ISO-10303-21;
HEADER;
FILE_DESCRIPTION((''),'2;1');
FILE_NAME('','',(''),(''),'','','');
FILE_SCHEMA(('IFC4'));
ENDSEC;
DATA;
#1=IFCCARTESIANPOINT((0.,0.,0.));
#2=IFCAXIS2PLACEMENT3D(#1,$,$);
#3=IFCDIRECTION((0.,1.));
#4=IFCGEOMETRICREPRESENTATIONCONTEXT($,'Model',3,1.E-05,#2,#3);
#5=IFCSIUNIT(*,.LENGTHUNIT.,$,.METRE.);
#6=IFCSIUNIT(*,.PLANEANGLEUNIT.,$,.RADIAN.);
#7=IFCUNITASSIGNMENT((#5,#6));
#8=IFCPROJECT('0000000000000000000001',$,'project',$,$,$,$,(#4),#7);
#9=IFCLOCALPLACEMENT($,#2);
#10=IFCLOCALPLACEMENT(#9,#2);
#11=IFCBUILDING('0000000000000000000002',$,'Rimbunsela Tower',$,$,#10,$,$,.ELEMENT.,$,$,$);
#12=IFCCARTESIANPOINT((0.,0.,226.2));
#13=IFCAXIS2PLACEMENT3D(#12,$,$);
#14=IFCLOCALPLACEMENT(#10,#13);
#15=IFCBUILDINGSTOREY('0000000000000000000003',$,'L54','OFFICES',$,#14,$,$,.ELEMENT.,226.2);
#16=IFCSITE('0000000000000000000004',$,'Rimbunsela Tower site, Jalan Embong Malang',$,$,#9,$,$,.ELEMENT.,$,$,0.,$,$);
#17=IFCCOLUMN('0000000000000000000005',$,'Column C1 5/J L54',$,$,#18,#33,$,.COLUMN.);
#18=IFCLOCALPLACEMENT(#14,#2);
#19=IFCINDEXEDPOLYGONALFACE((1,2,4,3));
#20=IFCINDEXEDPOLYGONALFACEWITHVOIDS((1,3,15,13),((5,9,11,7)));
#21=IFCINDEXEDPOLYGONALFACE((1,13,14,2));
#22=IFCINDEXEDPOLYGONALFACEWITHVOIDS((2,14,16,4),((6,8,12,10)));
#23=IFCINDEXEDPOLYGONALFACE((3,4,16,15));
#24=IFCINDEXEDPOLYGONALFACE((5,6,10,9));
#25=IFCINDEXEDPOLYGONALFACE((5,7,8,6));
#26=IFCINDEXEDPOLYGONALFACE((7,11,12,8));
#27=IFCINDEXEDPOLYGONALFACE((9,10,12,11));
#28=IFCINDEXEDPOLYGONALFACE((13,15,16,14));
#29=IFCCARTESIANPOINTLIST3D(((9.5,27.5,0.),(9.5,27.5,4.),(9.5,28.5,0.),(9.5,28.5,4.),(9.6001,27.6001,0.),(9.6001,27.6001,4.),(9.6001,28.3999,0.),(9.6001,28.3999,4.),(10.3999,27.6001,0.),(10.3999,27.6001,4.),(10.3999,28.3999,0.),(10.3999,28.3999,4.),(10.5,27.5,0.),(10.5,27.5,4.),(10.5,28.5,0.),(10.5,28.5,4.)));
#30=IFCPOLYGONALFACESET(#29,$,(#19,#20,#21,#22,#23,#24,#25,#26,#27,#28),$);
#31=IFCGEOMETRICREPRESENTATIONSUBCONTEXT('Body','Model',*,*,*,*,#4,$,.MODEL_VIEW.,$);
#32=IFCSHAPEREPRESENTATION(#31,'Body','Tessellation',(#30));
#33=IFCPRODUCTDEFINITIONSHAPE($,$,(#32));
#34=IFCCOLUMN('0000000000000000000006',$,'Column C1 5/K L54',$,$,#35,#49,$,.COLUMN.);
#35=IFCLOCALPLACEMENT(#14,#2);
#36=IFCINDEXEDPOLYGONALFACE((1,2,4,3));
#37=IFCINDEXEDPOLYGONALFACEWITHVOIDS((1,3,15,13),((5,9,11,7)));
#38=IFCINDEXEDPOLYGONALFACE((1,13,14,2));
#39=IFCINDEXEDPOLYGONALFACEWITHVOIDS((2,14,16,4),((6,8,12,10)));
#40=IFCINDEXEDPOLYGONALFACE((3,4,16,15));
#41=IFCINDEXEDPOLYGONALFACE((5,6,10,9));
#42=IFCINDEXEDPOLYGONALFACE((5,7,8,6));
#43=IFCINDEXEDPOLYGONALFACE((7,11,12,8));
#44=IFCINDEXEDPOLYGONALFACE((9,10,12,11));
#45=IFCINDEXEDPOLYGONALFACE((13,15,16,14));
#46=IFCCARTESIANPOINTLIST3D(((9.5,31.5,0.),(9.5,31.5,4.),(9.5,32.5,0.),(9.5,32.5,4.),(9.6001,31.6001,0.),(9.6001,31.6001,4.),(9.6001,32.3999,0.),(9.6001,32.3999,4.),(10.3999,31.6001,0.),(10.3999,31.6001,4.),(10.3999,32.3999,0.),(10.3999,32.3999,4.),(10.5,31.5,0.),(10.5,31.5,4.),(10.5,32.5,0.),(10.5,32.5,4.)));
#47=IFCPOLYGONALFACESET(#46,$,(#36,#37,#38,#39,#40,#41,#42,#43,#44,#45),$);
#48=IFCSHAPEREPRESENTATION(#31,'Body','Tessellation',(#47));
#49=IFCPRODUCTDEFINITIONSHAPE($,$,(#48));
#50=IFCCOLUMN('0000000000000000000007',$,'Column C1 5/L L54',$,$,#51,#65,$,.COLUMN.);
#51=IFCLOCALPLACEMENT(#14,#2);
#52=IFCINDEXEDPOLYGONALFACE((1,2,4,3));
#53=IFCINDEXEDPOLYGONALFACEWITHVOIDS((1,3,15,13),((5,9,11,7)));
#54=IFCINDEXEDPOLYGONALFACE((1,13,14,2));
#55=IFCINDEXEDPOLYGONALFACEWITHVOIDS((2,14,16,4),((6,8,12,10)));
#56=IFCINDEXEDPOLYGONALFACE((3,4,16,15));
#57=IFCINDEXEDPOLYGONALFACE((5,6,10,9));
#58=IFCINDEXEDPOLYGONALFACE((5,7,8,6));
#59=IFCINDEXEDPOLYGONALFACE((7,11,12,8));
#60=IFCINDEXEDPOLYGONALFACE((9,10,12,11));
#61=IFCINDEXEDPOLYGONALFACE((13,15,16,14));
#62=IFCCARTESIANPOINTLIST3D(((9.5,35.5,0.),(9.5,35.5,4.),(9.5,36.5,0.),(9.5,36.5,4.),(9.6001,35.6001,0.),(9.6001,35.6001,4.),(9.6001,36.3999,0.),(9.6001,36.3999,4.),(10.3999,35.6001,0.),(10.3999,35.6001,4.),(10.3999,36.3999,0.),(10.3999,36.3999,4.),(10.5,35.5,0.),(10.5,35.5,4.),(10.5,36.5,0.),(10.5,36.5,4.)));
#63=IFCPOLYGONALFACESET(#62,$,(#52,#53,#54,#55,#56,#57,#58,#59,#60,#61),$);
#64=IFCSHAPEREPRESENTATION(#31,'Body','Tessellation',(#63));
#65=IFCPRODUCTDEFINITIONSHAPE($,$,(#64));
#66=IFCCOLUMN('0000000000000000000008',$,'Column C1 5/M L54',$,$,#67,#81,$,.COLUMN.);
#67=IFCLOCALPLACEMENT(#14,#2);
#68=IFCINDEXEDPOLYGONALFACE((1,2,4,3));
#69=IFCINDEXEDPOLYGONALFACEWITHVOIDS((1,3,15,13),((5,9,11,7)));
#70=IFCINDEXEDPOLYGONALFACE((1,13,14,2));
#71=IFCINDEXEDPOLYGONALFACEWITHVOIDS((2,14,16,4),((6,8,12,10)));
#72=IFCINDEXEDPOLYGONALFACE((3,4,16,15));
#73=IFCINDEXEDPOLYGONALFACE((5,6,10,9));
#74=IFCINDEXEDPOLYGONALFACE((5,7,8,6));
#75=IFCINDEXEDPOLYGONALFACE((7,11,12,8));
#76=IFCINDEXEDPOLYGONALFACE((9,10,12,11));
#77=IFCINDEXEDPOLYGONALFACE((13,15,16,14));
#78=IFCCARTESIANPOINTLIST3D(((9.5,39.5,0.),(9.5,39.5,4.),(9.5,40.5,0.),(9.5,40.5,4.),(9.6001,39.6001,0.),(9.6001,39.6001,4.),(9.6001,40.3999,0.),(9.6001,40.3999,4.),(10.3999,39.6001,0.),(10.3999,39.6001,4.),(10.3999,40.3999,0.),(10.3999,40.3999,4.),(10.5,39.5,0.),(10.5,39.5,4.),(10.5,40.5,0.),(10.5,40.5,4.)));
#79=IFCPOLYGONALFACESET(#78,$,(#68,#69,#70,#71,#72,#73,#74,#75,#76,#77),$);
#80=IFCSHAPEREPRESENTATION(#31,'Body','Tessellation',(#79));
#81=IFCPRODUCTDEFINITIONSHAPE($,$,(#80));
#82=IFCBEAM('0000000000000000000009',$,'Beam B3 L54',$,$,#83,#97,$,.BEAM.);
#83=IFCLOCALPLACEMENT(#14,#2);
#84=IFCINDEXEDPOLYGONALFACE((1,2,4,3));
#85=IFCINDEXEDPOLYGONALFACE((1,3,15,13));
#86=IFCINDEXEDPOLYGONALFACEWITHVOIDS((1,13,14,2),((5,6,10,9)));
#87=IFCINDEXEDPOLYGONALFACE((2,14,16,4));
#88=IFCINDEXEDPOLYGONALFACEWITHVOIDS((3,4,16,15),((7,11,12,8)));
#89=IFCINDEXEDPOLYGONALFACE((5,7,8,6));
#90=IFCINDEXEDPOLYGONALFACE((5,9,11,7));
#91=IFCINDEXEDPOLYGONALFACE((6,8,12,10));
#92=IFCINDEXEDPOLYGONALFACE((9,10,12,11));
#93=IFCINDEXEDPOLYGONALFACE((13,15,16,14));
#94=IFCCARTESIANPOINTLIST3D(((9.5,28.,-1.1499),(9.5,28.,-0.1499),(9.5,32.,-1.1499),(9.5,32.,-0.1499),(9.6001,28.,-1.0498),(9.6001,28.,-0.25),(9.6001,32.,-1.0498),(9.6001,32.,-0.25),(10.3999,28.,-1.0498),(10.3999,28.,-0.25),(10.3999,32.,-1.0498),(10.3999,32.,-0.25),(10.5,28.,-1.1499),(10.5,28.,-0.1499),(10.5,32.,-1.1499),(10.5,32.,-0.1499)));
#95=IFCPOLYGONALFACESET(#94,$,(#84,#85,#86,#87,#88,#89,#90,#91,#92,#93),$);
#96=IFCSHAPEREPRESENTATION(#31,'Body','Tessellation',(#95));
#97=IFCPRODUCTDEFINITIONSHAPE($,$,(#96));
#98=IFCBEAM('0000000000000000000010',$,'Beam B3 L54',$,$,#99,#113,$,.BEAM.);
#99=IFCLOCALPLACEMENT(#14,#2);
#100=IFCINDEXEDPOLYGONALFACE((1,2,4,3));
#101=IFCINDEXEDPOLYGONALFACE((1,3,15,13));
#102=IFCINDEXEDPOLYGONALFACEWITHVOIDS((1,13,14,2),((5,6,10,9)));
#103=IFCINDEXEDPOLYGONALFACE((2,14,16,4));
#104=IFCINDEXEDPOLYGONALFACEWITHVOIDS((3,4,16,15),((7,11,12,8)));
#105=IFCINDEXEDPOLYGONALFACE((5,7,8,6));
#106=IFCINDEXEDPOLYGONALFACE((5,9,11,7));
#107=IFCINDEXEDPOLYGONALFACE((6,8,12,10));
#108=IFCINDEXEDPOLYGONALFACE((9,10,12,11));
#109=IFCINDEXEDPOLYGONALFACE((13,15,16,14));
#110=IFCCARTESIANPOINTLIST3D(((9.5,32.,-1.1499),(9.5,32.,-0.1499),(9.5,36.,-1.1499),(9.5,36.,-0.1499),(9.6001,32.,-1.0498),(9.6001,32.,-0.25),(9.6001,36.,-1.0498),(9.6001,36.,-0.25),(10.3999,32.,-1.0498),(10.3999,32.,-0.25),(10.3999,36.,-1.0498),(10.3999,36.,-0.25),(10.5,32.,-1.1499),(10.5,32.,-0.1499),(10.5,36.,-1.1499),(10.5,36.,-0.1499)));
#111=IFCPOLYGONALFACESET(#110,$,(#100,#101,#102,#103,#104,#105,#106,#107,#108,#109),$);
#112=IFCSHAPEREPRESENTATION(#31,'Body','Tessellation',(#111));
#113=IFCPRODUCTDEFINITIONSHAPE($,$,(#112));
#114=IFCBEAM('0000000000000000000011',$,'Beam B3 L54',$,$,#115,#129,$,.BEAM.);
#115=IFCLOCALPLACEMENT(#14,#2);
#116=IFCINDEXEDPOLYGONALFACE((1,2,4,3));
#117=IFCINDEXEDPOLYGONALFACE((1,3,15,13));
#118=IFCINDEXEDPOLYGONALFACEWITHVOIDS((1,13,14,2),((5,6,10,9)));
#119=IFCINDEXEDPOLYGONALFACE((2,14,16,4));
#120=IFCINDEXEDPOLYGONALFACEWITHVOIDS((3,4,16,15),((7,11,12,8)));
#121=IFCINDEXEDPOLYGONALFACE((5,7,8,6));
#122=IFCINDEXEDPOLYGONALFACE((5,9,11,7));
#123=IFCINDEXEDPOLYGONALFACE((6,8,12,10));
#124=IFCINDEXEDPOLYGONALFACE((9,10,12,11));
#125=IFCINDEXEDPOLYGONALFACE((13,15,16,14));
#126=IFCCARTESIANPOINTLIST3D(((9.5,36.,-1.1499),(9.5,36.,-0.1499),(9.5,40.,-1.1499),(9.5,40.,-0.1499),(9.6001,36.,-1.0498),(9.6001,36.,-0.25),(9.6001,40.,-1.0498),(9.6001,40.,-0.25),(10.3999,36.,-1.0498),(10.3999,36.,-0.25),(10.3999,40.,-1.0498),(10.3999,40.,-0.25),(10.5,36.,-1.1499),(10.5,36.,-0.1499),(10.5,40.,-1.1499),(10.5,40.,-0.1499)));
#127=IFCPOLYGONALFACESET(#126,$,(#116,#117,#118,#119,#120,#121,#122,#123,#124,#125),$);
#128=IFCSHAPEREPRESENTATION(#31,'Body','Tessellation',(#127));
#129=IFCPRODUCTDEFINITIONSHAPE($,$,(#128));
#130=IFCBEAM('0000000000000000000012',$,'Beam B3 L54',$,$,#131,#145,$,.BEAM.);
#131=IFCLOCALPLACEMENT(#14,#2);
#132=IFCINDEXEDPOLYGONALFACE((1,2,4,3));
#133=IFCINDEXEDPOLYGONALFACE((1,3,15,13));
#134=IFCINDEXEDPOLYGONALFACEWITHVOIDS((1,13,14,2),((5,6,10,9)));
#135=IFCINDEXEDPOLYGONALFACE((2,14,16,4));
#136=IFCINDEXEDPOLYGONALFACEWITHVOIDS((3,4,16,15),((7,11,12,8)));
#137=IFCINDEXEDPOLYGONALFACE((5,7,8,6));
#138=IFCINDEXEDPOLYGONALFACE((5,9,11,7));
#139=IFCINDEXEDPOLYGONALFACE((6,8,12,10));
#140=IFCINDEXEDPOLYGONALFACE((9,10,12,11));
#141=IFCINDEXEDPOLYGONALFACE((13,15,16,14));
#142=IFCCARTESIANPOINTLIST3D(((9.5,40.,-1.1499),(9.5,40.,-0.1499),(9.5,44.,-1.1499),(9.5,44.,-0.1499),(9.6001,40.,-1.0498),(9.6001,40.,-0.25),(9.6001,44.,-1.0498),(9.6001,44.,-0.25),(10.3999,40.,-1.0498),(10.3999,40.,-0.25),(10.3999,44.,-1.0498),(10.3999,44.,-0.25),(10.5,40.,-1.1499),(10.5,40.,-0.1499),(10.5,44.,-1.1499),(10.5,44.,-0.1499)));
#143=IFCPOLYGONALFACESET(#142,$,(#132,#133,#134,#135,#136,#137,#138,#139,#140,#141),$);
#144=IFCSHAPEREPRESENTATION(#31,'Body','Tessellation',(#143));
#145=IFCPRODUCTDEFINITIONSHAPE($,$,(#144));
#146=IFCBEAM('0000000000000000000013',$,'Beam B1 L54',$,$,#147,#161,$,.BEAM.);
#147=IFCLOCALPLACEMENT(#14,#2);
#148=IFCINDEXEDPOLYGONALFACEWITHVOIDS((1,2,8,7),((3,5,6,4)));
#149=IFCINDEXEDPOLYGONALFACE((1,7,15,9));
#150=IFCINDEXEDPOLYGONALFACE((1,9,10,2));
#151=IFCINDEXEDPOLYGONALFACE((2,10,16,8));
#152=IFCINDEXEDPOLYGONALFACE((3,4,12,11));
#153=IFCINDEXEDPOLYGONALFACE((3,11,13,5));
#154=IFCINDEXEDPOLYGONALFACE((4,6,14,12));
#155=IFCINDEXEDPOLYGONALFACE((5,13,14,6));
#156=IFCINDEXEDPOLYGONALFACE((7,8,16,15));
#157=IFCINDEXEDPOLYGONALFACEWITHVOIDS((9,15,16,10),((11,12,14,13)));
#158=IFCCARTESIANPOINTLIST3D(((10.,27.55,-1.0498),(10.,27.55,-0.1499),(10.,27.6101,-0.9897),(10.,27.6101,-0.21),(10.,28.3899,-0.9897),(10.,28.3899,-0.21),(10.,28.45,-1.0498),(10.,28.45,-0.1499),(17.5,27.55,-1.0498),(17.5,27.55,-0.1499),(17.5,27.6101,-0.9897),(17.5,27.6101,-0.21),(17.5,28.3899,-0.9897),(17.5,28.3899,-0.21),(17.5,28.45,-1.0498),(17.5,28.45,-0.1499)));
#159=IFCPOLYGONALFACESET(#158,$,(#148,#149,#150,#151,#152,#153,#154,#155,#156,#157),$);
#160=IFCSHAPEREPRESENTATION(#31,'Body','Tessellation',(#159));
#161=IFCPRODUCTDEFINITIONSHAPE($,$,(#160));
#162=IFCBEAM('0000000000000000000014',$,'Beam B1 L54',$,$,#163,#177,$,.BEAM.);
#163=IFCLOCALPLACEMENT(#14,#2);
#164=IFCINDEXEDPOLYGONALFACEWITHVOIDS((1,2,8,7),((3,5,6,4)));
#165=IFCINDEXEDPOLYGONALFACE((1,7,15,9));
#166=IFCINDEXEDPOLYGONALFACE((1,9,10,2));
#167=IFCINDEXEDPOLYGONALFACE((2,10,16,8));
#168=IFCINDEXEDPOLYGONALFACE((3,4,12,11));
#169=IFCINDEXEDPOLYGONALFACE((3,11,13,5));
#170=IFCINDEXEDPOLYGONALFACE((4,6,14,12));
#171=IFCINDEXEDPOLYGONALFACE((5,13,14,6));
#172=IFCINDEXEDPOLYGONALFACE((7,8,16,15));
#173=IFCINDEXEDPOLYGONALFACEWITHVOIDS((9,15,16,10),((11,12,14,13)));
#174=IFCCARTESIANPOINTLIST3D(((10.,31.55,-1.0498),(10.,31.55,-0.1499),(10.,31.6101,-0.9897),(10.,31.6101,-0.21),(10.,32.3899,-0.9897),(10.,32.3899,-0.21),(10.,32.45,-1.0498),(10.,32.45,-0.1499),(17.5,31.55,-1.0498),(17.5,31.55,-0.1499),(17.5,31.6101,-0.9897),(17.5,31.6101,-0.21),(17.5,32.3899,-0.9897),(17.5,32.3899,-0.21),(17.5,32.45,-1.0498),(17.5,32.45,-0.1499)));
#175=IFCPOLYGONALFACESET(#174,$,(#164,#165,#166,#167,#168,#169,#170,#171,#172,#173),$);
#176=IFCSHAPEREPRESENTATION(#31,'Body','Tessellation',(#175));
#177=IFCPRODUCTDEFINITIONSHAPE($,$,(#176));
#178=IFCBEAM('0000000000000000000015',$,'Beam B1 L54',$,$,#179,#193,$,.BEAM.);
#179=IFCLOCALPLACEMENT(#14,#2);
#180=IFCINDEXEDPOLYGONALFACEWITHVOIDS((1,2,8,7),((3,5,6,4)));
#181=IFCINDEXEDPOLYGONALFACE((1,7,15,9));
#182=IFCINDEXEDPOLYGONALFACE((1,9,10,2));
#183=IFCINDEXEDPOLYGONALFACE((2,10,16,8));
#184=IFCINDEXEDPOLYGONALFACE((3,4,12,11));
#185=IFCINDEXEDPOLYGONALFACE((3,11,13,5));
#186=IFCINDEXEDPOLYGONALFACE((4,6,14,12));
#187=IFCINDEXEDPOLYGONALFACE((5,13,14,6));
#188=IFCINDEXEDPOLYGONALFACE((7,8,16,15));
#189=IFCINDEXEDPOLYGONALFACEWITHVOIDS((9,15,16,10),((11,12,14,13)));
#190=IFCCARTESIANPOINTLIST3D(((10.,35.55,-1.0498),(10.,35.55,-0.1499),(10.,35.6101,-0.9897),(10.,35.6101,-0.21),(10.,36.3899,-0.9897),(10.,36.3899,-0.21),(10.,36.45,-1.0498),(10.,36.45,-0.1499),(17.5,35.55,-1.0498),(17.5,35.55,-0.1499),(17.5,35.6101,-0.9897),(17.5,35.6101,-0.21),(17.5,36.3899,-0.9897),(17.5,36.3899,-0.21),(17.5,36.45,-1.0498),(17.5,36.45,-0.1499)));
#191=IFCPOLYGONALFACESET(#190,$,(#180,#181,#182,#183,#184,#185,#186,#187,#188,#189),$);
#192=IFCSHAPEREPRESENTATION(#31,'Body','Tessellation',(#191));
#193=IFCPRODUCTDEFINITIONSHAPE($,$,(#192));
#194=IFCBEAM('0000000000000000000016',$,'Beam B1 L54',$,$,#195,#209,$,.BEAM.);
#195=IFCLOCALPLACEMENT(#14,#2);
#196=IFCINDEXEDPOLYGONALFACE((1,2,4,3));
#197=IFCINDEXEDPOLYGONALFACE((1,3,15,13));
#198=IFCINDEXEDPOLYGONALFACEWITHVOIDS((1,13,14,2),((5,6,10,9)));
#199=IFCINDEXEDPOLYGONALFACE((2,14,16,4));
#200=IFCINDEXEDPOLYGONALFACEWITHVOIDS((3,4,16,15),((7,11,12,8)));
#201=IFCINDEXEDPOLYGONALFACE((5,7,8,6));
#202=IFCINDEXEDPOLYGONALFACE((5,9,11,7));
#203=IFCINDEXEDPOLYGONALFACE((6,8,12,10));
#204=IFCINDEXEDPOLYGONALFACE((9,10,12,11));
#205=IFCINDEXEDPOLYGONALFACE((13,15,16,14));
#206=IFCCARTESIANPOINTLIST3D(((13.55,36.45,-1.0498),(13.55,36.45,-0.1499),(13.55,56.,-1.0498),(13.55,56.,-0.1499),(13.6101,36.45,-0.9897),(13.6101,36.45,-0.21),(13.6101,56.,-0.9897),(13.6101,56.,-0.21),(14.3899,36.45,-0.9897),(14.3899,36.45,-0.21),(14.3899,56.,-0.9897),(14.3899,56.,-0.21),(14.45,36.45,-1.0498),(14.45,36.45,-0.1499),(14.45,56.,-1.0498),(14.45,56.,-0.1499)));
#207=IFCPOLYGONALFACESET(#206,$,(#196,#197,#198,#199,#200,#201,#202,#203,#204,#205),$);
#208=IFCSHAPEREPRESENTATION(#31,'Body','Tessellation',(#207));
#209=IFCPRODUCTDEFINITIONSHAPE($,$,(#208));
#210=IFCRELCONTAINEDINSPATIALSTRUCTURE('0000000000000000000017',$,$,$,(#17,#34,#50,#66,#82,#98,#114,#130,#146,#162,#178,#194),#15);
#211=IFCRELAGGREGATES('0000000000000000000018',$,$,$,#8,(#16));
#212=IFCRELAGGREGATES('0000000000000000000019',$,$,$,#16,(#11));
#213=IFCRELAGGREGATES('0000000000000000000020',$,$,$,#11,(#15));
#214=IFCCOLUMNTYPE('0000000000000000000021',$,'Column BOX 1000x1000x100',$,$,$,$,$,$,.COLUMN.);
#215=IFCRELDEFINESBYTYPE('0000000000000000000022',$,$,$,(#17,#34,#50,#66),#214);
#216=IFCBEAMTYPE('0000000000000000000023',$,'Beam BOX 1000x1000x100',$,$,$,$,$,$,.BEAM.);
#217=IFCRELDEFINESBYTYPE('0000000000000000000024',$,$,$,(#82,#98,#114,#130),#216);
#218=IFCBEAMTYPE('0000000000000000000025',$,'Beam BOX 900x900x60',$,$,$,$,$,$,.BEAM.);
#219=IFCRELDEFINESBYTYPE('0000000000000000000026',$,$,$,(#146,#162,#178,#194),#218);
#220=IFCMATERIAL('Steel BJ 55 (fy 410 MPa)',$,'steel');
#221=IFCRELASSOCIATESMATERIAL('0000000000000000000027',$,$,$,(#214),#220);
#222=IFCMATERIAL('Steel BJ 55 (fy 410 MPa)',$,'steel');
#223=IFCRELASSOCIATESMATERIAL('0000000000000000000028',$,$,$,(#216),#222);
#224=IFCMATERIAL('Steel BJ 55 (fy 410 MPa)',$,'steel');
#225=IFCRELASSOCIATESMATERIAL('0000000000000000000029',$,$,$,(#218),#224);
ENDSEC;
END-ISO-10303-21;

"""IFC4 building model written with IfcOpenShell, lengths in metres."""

from ifc_helpers import new_model, si_unit, direction, frame, origin, origin_2d, place, context, subcontext, project, spatial, hollow_rectangle, extrude, material, material_profile, profile_set, type_object, element, save


model = new_model("IFC4")

# Units and contexts
model_context = context("Model", 3, precision=1e-05, world=origin(), true_north=direction((0.0, 1.0)))
body_context = subcontext(model_context, "Body", "Model", "MODEL_VIEW")
ifc_project = project(units=[si_unit("LENGTHUNIT", "METRE"), si_unit("PLANEANGLEUNIT", "RADIAN")], contexts=[model_context])

# Site, building, storey
site_placement = place(None, origin())
site = spatial("IfcSite", under=ifc_project, at=site_placement, Name="Rimbunsela Tower site, Jalan Embong Malang", CompositionType="ELEMENT", RefElevation=0.0)
building_placement = place(site_placement, origin())
building = spatial("IfcBuilding", under=site, at=building_placement, Name="Rimbunsela Tower", CompositionType="ELEMENT")
storey_placement = place(building_placement, frame((0.0, 0.0, 226.2)))
storey = spatial("IfcBuildingStorey", under=building, at=storey_placement, Name="L54", Description="OFFICES", CompositionType="ELEMENT", Elevation=226.2)

# Columns
ifc_material_1 = material(Name="Steel BJ 55 (fy 410 MPa)", Category="steel")
ifc_material_profile_1 = material_profile(ifc_material_1, hollow_rectangle(XDim=1.0, YDim=1.0, WallThickness=0.1001, at=origin_2d()), Name="BOX 1000x1000x100")
ifc_profile_set_1 = profile_set([ifc_material_profile_1], Name="Steel BJ 55 (fy 410 MPa)")
column_type = type_object("IfcColumnType", Name="Column BOX 1000x1000x100", PredefinedType="COLUMN", material=ifc_profile_set_1)
for number, where, z_axis, x_axis, name in (
    (1, (10.0, 28.0, 0.0), (0.0, 0.0, 1.0), (1.0, 0.0, 0.0), "Column C1 5/J L54"),
    (2, (10.0, 32.0, 0.0), (0.0, 0.0, 1.0), (1.0, 0.0, 0.0), "Column C1 5/K L54"),
    (3, (10.0, 36.0, 0.0), (0.0, 0.0, 1.0), (1.0, 0.0, 0.0), "Column C1 5/L L54"),
    (4, (10.0, 40.0, 0.0), (0.0, 0.0, 1.0), (1.0, 0.0, 0.0), "Column C1 5/M L54"),
):
    element("IfcColumn", number, at=place(storey_placement, frame(where, z_axis=z_axis, x_axis=x_axis)), inside=storey, type_object=column_type, Name=name, PredefinedType="COLUMN", context=body_context, shape_type="SweptSolid", body=[
        extrude(hollow_rectangle(XDim=1.0, YDim=1.0, WallThickness=0.1001, at=origin_2d()), origin(), (0.0, 0.0, 1.0), 4.0),
    ])

# Beams
ifc_material_2 = material(Name="Steel BJ 55 (fy 410 MPa)", Category="steel")
ifc_material_profile_2 = material_profile(ifc_material_2, hollow_rectangle(XDim=1.0, YDim=1.0, WallThickness=0.1001, at=origin_2d()), Name="BOX 1000x1000x100")
ifc_profile_set_2 = profile_set([ifc_material_profile_2], Name="Steel BJ 55 (fy 410 MPa)")
beam_type_1 = type_object("IfcBeamType", Name="Beam BOX 1000x1000x100", PredefinedType="BEAM", material=ifc_profile_set_2)
for number, where, z_axis, x_axis, name in (
    (5, (10.0, 28.0, -0.6499), (0.0, 1.0, 0.0), (-1.0, 0.0, 0.0), "Beam B3 L54"),
    (6, (10.0, 32.0, -0.6499), (0.0, 1.0, 0.0), (-1.0, 0.0, 0.0), "Beam B3 L54"),
    (7, (10.0, 36.0, -0.6499), (0.0, 1.0, 0.0), (-1.0, 0.0, 0.0), "Beam B3 L54"),
    (8, (10.0, 40.0, -0.6499), (0.0, 1.0, 0.0), (-1.0, 0.0, 0.0), "Beam B3 L54"),
):
    element("IfcBeam", number, at=place(storey_placement, frame(where, z_axis=z_axis, x_axis=x_axis)), inside=storey, type_object=beam_type_1, Name=name, PredefinedType="BEAM", context=body_context, shape_type="SweptSolid", body=[
        extrude(hollow_rectangle(XDim=1.0, YDim=1.0, WallThickness=0.1001, at=origin_2d()), origin(), (0.0, 0.0, 1.0), 4.0),
    ])
ifc_material_3 = material(Name="Steel BJ 55 (fy 410 MPa)", Category="steel")
ifc_material_profile_3 = material_profile(ifc_material_3, hollow_rectangle(XDim=0.8999, YDim=0.8999, WallThickness=0.0601, at=origin_2d()), Name="BOX 900x900x60")
ifc_profile_set_3 = profile_set([ifc_material_profile_3], Name="Steel BJ 55 (fy 410 MPa)")
beam_type_2 = type_object("IfcBeamType", Name="Beam BOX 900x900x60", PredefinedType="BEAM", material=ifc_profile_set_3)
for number, where, z_axis, x_axis, name in (
    (9, (10.0, 28.0, -0.5999), (1.0, 0.0, 0.0), (0.0, 1.0, 0.0), "Beam B1 L54"),
    (10, (10.0, 32.0, -0.5999), (1.0, 0.0, 0.0), (0.0, 1.0, 0.0), "Beam B1 L54"),
    (11, (10.0, 36.0, -0.5999), (1.0, 0.0, 0.0), (0.0, 1.0, 0.0), "Beam B1 L54"),
):
    element("IfcBeam", number, at=place(storey_placement, frame(where, z_axis=z_axis, x_axis=x_axis)), inside=storey, type_object=beam_type_2, Name=name, PredefinedType="BEAM", context=body_context, shape_type="SweptSolid", body=[
        extrude(hollow_rectangle(XDim=0.8999, YDim=0.8999, WallThickness=0.0601, at=origin_2d()), origin(), (0.0, 0.0, 1.0), 7.5),
    ])
beam_placement = place(storey_placement, frame((14.0, 36.45, -0.5999), z_axis=(0.0, 1.0, 0.0), x_axis=(-1.0, 0.0, 0.0)))
element("IfcBeam", 12, at=beam_placement, inside=storey, type_object=beam_type_2, Name="Beam B1 L54", PredefinedType="BEAM", context=body_context, shape_type="SweptSolid", body=[
    extrude(hollow_rectangle(XDim=0.8999, YDim=0.8999, WallThickness=0.0601, at=origin_2d()), origin(), (0.0, 0.0, 1.0), 19.55),
])

save(model, "model.ifc")
